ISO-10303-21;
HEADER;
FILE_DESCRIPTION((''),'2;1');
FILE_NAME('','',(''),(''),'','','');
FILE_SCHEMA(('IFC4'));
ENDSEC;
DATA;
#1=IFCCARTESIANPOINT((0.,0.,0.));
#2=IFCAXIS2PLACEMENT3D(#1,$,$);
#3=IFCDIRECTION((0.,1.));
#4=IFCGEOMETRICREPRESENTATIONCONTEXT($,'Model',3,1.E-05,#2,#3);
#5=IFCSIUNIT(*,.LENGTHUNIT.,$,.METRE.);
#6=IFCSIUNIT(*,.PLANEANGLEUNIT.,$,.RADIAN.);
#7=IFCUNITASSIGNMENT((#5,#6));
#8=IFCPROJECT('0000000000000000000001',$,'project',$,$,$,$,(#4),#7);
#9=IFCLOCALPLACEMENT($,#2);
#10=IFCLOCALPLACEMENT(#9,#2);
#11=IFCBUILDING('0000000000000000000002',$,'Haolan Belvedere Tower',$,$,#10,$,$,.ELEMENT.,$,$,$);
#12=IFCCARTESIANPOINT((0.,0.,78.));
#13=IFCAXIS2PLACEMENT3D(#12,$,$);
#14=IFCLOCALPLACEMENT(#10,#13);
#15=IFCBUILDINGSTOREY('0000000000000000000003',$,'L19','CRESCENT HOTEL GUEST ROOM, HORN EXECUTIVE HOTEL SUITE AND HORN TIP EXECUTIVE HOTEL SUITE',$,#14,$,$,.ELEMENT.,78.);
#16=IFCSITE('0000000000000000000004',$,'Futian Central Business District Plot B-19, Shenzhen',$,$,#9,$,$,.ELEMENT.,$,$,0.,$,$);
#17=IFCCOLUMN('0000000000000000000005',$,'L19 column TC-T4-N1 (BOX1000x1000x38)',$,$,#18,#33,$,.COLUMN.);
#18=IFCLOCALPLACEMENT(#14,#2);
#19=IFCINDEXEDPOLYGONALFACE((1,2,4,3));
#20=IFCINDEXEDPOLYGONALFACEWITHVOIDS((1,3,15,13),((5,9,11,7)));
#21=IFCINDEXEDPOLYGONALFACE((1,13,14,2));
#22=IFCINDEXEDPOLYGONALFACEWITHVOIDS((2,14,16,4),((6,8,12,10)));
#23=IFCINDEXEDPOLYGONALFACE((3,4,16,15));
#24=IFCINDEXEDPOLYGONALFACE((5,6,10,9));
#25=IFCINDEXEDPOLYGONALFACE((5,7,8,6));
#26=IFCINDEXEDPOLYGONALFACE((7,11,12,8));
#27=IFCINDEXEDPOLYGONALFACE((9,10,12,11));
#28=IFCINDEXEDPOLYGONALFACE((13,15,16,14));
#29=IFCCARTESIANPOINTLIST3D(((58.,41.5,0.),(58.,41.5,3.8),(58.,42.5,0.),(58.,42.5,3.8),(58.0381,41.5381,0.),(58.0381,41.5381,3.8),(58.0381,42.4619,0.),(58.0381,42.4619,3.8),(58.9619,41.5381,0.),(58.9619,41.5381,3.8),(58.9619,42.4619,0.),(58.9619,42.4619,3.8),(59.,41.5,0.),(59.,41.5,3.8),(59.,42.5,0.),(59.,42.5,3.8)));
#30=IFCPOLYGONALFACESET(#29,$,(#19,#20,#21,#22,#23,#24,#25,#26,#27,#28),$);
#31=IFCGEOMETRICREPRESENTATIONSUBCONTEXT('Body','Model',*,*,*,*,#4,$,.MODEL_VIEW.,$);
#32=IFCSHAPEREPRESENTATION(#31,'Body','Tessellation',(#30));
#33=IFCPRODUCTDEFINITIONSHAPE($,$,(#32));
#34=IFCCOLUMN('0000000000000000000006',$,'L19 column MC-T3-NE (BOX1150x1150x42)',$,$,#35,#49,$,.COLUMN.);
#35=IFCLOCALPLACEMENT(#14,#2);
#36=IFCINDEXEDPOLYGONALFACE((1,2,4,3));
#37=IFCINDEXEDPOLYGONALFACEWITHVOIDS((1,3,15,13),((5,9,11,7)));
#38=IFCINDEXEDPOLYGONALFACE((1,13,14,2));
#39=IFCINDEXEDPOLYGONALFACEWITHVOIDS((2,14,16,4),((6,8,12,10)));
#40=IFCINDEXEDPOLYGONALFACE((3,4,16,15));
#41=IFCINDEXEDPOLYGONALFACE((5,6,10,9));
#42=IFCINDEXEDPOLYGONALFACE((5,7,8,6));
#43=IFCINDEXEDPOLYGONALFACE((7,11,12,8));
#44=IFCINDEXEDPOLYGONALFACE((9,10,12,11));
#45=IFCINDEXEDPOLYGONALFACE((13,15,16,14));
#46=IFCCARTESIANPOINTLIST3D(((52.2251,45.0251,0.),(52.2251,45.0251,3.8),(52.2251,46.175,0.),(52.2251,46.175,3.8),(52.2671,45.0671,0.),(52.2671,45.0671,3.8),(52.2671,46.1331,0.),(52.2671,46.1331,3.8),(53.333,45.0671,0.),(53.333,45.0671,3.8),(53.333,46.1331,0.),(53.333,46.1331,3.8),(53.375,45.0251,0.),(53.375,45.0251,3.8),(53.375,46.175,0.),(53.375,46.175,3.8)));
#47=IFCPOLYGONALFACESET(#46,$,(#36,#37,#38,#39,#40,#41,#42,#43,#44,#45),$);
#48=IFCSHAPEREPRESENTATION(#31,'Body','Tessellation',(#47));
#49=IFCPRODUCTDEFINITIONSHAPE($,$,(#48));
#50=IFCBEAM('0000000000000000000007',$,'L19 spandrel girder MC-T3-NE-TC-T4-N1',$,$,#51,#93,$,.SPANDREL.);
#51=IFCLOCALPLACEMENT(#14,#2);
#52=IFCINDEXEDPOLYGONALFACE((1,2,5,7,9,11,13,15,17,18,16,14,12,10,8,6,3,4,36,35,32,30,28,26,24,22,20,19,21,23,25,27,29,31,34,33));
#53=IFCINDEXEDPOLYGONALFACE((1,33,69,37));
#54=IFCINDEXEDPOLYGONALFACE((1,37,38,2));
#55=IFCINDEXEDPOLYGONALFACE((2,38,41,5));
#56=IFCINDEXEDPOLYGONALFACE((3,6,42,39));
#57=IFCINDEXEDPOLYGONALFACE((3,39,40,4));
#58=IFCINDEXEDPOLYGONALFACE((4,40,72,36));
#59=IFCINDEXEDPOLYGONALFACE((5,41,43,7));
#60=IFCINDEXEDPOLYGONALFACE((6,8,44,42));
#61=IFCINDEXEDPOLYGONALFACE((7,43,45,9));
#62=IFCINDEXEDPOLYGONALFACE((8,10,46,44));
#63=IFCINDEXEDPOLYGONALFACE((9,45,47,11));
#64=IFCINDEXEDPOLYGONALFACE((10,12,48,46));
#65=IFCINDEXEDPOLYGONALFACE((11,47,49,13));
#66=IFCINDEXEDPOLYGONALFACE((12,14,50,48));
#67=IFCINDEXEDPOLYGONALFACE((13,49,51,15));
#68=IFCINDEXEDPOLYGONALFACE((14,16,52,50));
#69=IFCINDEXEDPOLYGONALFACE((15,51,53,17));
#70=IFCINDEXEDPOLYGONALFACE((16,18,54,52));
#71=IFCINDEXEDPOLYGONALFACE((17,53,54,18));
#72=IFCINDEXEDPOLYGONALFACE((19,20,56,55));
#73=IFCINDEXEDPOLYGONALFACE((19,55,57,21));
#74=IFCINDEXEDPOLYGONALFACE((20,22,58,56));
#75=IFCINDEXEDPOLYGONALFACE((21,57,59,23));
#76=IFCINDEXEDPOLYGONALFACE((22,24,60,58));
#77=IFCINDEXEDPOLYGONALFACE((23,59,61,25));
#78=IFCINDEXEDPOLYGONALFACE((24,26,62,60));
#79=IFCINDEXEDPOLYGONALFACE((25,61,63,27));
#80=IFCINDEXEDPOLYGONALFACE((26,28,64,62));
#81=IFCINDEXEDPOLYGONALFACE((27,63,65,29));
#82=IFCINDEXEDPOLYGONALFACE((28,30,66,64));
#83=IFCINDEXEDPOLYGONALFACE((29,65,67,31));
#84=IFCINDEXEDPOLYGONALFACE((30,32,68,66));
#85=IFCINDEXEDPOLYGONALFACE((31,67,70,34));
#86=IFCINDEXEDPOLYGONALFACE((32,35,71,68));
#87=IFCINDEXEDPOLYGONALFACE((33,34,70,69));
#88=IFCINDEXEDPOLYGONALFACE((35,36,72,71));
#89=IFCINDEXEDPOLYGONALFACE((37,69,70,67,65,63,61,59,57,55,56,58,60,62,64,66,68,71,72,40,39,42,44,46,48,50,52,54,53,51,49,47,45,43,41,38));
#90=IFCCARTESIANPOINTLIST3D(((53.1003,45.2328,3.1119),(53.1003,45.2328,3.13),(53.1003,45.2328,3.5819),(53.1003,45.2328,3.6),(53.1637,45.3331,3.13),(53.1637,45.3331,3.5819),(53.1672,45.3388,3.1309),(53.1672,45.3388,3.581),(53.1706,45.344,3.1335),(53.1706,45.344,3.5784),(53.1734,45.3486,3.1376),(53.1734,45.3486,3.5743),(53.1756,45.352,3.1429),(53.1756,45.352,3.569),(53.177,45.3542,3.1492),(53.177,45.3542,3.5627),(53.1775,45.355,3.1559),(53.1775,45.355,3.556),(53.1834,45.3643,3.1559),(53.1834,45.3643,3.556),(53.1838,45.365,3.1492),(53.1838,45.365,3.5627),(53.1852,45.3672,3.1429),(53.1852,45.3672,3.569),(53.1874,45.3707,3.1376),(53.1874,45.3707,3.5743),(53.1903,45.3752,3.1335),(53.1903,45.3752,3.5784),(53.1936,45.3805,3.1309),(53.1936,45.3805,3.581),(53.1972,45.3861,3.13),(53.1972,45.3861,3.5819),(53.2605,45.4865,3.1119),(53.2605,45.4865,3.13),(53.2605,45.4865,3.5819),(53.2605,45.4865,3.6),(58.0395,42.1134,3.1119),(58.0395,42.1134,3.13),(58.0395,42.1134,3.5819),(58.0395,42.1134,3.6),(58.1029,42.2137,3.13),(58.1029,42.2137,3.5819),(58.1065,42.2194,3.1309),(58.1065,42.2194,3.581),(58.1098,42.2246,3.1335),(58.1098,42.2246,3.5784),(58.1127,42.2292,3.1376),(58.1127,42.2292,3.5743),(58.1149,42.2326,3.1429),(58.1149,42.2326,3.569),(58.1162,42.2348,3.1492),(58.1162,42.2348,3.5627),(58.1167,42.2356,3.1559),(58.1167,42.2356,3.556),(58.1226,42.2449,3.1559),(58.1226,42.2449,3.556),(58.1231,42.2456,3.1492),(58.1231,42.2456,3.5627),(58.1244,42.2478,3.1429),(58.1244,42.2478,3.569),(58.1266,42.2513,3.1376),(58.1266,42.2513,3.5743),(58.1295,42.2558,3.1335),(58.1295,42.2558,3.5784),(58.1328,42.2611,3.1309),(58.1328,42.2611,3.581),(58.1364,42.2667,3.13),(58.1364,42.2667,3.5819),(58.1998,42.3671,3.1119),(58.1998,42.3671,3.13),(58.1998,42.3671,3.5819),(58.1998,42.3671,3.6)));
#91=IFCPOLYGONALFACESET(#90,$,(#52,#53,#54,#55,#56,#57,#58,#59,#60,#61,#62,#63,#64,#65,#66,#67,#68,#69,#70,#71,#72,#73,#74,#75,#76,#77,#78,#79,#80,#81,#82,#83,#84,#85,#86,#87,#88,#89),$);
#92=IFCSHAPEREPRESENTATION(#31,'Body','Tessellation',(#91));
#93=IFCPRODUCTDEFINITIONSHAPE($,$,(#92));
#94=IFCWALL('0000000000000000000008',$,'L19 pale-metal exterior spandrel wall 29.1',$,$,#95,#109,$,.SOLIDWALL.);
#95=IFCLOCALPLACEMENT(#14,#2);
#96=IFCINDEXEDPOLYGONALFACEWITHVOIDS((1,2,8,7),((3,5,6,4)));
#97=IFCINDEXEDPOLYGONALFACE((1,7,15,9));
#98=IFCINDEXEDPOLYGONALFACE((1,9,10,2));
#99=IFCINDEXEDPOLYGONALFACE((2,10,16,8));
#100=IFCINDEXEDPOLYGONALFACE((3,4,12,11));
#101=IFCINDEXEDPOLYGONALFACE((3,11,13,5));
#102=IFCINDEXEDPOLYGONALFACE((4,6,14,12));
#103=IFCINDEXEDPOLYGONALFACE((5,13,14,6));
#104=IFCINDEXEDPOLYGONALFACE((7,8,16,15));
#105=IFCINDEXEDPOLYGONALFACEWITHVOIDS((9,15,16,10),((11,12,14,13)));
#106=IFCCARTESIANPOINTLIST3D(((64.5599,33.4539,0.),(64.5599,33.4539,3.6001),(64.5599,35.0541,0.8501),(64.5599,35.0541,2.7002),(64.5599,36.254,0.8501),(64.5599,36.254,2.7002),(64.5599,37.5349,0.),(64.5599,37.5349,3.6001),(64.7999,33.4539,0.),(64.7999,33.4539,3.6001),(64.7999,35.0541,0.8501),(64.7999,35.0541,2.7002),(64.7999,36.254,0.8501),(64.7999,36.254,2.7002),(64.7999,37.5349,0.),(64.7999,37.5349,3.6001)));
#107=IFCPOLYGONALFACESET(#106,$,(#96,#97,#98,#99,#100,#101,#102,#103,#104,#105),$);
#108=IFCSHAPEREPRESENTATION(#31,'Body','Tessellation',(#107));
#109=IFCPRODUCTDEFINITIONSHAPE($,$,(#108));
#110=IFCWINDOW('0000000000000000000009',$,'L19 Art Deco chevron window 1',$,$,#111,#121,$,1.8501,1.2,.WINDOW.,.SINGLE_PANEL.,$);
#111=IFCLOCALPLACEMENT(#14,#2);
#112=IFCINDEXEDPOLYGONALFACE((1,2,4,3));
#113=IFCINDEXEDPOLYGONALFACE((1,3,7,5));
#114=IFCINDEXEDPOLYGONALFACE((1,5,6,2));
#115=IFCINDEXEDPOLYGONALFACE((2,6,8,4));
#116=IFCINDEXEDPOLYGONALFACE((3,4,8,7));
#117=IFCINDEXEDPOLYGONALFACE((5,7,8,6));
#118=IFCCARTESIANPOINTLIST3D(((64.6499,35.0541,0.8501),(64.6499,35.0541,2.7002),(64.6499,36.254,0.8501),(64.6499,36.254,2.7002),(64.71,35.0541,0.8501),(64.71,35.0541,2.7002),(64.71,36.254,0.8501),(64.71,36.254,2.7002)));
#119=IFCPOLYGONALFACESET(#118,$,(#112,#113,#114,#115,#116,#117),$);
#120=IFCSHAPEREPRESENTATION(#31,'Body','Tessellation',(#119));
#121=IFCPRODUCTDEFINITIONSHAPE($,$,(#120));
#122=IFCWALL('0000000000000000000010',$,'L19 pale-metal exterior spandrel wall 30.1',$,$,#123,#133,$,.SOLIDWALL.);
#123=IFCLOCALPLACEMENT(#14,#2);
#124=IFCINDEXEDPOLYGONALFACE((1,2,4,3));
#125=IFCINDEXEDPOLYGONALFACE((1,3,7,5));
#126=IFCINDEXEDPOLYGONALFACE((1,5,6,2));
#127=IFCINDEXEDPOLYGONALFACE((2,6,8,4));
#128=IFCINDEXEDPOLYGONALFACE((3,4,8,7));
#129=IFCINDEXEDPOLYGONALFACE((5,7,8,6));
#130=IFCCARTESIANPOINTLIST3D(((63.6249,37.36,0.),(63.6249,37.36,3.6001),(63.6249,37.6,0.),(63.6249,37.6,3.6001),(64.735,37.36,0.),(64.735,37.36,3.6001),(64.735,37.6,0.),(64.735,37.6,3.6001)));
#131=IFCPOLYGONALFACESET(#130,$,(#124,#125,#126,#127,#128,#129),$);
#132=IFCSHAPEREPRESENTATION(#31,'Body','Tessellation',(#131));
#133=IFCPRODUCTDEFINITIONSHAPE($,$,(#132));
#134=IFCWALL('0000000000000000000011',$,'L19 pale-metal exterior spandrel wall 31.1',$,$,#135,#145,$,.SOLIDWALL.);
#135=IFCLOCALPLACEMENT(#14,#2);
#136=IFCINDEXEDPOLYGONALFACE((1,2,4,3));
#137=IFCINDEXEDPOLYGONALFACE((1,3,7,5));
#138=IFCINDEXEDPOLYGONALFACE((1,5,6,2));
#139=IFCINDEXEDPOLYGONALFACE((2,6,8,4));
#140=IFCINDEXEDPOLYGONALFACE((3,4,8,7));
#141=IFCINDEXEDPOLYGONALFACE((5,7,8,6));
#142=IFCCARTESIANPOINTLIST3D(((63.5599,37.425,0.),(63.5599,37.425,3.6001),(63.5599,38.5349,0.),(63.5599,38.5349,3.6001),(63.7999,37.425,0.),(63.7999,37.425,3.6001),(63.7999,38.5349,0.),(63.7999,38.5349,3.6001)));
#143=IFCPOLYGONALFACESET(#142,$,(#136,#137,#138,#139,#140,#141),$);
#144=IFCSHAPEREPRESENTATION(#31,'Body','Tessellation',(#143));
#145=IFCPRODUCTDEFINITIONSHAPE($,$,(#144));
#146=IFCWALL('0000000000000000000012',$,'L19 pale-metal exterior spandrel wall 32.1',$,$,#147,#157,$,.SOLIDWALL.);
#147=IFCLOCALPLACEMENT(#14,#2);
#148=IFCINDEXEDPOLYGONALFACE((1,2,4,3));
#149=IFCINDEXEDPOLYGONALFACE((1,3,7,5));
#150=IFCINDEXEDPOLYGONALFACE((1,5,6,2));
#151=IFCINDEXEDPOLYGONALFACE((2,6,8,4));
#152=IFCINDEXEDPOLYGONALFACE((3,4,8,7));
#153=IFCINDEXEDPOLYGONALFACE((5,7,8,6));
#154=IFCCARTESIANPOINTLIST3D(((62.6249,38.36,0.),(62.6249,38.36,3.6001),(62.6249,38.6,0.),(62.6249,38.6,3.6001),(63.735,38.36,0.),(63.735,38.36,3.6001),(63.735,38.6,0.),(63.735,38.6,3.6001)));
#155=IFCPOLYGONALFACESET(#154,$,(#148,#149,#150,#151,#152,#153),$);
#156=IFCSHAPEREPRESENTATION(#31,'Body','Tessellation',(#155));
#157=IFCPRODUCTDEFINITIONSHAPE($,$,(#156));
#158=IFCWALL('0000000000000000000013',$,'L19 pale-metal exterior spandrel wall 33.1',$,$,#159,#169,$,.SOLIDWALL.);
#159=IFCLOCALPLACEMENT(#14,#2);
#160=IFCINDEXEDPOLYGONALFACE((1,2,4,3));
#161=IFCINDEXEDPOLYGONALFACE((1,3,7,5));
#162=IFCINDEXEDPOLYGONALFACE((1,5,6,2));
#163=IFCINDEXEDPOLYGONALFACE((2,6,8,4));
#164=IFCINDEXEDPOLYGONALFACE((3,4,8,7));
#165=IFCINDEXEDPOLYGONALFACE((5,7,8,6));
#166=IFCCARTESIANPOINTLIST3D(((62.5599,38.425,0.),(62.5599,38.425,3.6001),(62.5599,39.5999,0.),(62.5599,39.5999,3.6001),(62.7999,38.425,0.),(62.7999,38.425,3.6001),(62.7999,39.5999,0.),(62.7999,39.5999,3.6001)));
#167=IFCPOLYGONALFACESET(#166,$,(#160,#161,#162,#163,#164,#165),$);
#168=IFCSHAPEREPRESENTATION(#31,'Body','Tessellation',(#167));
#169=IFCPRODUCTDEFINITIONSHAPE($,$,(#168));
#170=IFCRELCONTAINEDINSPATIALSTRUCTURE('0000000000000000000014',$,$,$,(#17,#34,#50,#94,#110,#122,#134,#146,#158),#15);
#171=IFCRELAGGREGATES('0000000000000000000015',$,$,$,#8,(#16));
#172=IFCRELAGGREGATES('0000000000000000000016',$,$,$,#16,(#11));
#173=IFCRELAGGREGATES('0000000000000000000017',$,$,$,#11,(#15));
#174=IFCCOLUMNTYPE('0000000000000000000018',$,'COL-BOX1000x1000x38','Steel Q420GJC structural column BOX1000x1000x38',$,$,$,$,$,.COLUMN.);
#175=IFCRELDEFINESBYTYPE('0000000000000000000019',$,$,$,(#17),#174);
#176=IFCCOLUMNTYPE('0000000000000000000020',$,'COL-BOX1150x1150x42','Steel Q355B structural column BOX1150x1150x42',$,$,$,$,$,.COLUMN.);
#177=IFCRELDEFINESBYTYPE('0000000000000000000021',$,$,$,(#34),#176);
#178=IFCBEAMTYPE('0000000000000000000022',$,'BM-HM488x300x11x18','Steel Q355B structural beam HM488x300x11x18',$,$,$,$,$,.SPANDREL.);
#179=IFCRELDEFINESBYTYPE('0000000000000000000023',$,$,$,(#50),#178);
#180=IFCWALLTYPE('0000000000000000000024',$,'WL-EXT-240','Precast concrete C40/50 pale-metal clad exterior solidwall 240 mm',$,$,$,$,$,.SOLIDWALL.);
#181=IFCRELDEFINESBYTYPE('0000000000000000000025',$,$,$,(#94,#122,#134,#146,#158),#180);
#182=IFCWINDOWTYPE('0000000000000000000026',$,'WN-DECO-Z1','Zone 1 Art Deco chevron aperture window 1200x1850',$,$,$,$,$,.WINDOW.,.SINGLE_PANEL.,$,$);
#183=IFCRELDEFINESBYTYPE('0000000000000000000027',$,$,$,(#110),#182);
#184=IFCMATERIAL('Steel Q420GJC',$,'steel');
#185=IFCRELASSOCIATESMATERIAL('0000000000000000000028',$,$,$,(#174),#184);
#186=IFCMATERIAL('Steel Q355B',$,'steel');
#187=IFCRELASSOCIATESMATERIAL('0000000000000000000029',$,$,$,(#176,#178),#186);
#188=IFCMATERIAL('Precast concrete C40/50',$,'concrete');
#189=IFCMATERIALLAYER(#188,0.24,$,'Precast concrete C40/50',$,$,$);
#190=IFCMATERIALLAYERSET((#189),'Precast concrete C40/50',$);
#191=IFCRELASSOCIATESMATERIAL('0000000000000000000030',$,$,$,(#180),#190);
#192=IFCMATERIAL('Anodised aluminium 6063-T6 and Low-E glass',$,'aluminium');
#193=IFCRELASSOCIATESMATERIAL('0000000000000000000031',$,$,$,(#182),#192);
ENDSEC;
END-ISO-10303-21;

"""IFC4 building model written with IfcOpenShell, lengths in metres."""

from ifc_helpers import new_model, si_unit, direction, frame, frame_2d, origin, origin_2d, place, context, subcontext, project, spatial, rectangle, hollow_rectangle, i_section, extrude, material, layer, layer_set, material_profile, profile_set, type_object, element, fill, save


model = new_model("IFC4")

# Units and contexts
model_context = context("Model", 3, precision=1e-05, world=origin(), true_north=direction((0.0, 1.0)))
body_context = subcontext(model_context, "Body", "Model", "MODEL_VIEW")
ifc_project = project(units=[si_unit("LENGTHUNIT", "METRE"), si_unit("PLANEANGLEUNIT", "RADIAN")], contexts=[model_context])

# Site, building, storey
site_placement = place(None, origin())
site = spatial("IfcSite", under=ifc_project, at=site_placement, Name="Futian Central Business District Plot B-19, Shenzhen", CompositionType="ELEMENT", RefElevation=0.0)
building_placement = place(site_placement, origin())
building = spatial("IfcBuilding", under=site, at=building_placement, Name="Haolan Belvedere Tower", CompositionType="ELEMENT")
storey_placement = place(building_placement, frame((0.0, 0.0, 78.0)))
storey = spatial("IfcBuildingStorey", under=building, at=storey_placement, Name="L19", Description="CRESCENT HOTEL GUEST ROOM, HORN EXECUTIVE HOTEL SUITE AND HORN TIP EXECUTIVE HOTEL SUITE", CompositionType="ELEMENT", Elevation=78.0)

# Columns
ifc_material_1 = material(Name="Steel Q420GJC", Category="steel")
ifc_material_profile_1 = material_profile(ifc_material_1, hollow_rectangle(XDim=1.0, YDim=1.0, WallThickness=0.0381, at=origin_2d()), Name="Steel Q420GJC")
ifc_profile_set_1 = profile_set([ifc_material_profile_1], Name="Steel Q420GJC")
column_type_1 = type_object("IfcColumnType", Name="COL-BOX1000x1000x38", Description="Steel Q420GJC structural column BOX1000x1000x38", PredefinedType="COLUMN", material=ifc_profile_set_1)
column_1_placement = place(storey_placement, frame((58.5, 42.0, 0.0), z_axis=(0.0, 0.0, 1.0), x_axis=(1.0, 0.0, 0.0)))
element("IfcColumn", 1, at=column_1_placement, inside=storey, type_object=column_type_1, Name="L19 column TC-T4-N1 (BOX1000x1000x38)", PredefinedType="COLUMN", context=body_context, shape_type="SweptSolid", body=[
    extrude(hollow_rectangle(XDim=1.0, YDim=1.0, WallThickness=0.0381, at=origin_2d()), origin(), (0.0, 0.0, 1.0), 3.8),
])
ifc_material_2 = material(Name="Steel Q355B", Category="steel")
ifc_material_profile_2 = material_profile(ifc_material_2, hollow_rectangle(XDim=1.1499, YDim=1.1499, WallThickness=0.042, at=origin_2d()), Name="Steel Q355B")
ifc_profile_set_2 = profile_set([ifc_material_profile_2], Name="Steel Q355B")
column_type_2 = type_object("IfcColumnType", Name="COL-BOX1150x1150x42", Description="Steel Q355B structural column BOX1150x1150x42", PredefinedType="COLUMN", material=ifc_profile_set_2)
column_2_placement = place(storey_placement, frame((52.8, 45.6001, 0.0), z_axis=(0.0, 0.0, 1.0), x_axis=(1.0, 0.0, 0.0)))
element("IfcColumn", 2, at=column_2_placement, inside=storey, type_object=column_type_2, Name="L19 column MC-T3-NE (BOX1150x1150x42)", PredefinedType="COLUMN", context=body_context, shape_type="SweptSolid", body=[
    extrude(hollow_rectangle(XDim=1.1499, YDim=1.1499, WallThickness=0.042, at=origin_2d()), origin(), (0.0, 0.0, 1.0), 3.8),
])

# Beam
ifc_material_profile_3 = material_profile(ifc_material_2, i_section(OverallWidth=0.3, OverallDepth=0.488, WebThickness=0.011, FlangeThickness=0.0181, FilletRadius=0.0259, at=origin_2d()), Name="Steel Q355B")
ifc_profile_set_3 = profile_set([ifc_material_profile_3], Name="Steel Q355B")
beam_type = type_object("IfcBeamType", Name="BM-HM488x300x11x18", Description="Steel Q355B structural beam HM488x300x11x18", PredefinedType="SPANDREL", material=ifc_profile_set_3)
beam_placement = place(storey_placement, frame((53.1804, 45.3596, 3.356), z_axis=(0.845498, -0.533979, 0.0), x_axis=(0.533979, 0.845498, 0.0)))
element("IfcBeam", 3, at=beam_placement, inside=storey, type_object=beam_type, Name="L19 spandrel girder MC-T3-NE-TC-T4-N1", PredefinedType="SPANDREL", context=body_context, shape_type="SweptSolid", body=[
    extrude(i_section(OverallWidth=0.3, OverallDepth=0.488, WebThickness=0.011, FlangeThickness=0.0181, FilletRadius=0.0259, at=origin_2d()), origin(), (0.0, 0.0, 1.0), 5.8418),
])

# Wall, opening, window
ifc_material_3 = material(Name="Precast concrete C40/50", Category="concrete")
ifc_layer_1 = layer(ifc_material_3, 0.24, Name="Precast concrete C40/50")
ifc_layer_set_1 = layer_set([ifc_layer_1], Name="Precast concrete C40/50")
wall_type_1 = type_object("IfcWallType", Name="WL-EXT-240", Description="Precast concrete C40/50 pale-metal clad exterior solidwall 240 mm", PredefinedType="SOLIDWALL", material=ifc_layer_set_1)
wall_1_placement = place(storey_placement, frame((64.6799, 33.4539, 0.0), z_axis=(0.0, 0.0, 1.0), x_axis=(0.0, 1.0, 0.0)))
wall_1 = element("IfcWall", 4, at=wall_1_placement, inside=storey, type_object=wall_type_1, Name="L19 pale-metal exterior spandrel wall 29.1", PredefinedType="SOLIDWALL", context=body_context, shape_type="SweptSolid", body=[
    extrude(rectangle(XDim=4.0811, YDim=0.24, at=frame_2d((2.0405, 0.0))), origin(), (0.0, 0.0, 1.0), 3.6001),
])
opening_1_placement = place(wall_1_placement, frame((1.6001, 0.0, 0.8501)))
opening_1 = element("IfcOpeningElement", 5, at=opening_1_placement, cuts=wall_1, PredefinedType="OPENING", context=body_context, shape_type="SweptSolid", body=[
    extrude(rectangle(XDim=1.2, YDim=1.8501, at=frame_2d((0.6001, 0.925))), frame((0.0, 0.1299, 0.0), z_axis=(0.0, -1.0, 0.0), x_axis=(1.0, 0.0, 0.0)), (0.0, 0.0, 1.0), 0.26),
])
ifc_material_4 = material(Name="Anodised aluminium 6063-T6 and Low-E glass", Category="aluminium")
window_type = type_object("IfcWindowType", Name="WN-DECO-Z1", Description="Zone 1 Art Deco chevron aperture window 1200x1850", PartitioningType="SINGLE_PANEL", PredefinedType="WINDOW", material=ifc_material_4)
window_1_placement = place(opening_1_placement, origin())
window_1 = element("IfcWindow", 6, at=window_1_placement, inside=storey, type_object=window_type, Name="L19 Art Deco chevron window 1", OverallHeight=1.8501, OverallWidth=1.2, PartitioningType="SINGLE_PANEL", PredefinedType="WINDOW", context=body_context, shape_type="SweptSolid", body=[
    extrude(rectangle(XDim=1.2, YDim=1.8501, at=frame_2d((0.6001, 0.925))), frame((0.0, 0.03, 0.0), z_axis=(0.0, -1.0, 0.0), x_axis=(1.0, 0.0, 0.0)), (0.0, 0.0, 1.0), 0.0601),
])
fill(opening_1, window_1)

# Walls
wall_2_placement = place(storey_placement, frame((64.7351, 37.48, 0.0), z_axis=(0.0, 0.0, 1.0), x_axis=(-1.0, 0.0, 0.0)))
element("IfcWall", 7, at=wall_2_placement, inside=storey, type_object=wall_type_1, Name="L19 pale-metal exterior spandrel wall 30.1", PredefinedType="SOLIDWALL", context=body_context, shape_type="SweptSolid", body=[
    extrude(rectangle(XDim=1.1101, YDim=0.24, at=frame_2d((0.5552, 0.0))), origin(), (0.0, 0.0, 1.0), 3.6001),
])
wall_3_placement = place(storey_placement, frame((63.6799, 37.425, 0.0), z_axis=(0.0, 0.0, 1.0), x_axis=(0.0, 1.0, 0.0)))
element("IfcWall", 8, at=wall_3_placement, inside=storey, type_object=wall_type_1, Name="L19 pale-metal exterior spandrel wall 31.1", PredefinedType="SOLIDWALL", context=body_context, shape_type="SweptSolid", body=[
    extrude(rectangle(XDim=1.1099, YDim=0.24, at=frame_2d((0.5549, 0.0))), origin(), (0.0, 0.0, 1.0), 3.6001),
])
wall_4_placement = place(storey_placement, frame((63.7351, 38.48, 0.0), z_axis=(0.0, 0.0, 1.0), x_axis=(-1.0, 0.0, 0.0)))
element("IfcWall", 9, at=wall_4_placement, inside=storey, type_object=wall_type_1, Name="L19 pale-metal exterior spandrel wall 32.1", PredefinedType="SOLIDWALL", context=body_context, shape_type="SweptSolid", body=[
    extrude(rectangle(XDim=1.1101, YDim=0.24, at=frame_2d((0.5552, 0.0))), origin(), (0.0, 0.0, 1.0), 3.6001),
])
wall_5_placement = place(storey_placement, frame((62.6799, 38.425, 0.0), z_axis=(0.0, 0.0, 1.0), x_axis=(0.0, 1.0, 0.0)))
element("IfcWall", 10, at=wall_5_placement, inside=storey, type_object=wall_type_1, Name="L19 pale-metal exterior spandrel wall 33.1", PredefinedType="SOLIDWALL", context=body_context, shape_type="SweptSolid", body=[
    extrude(rectangle(XDim=1.1748, YDim=0.24, at=frame_2d((0.5874, 0.0))), origin(), (0.0, 0.0, 1.0), 3.6001),
])

save(model, "model.ifc")
